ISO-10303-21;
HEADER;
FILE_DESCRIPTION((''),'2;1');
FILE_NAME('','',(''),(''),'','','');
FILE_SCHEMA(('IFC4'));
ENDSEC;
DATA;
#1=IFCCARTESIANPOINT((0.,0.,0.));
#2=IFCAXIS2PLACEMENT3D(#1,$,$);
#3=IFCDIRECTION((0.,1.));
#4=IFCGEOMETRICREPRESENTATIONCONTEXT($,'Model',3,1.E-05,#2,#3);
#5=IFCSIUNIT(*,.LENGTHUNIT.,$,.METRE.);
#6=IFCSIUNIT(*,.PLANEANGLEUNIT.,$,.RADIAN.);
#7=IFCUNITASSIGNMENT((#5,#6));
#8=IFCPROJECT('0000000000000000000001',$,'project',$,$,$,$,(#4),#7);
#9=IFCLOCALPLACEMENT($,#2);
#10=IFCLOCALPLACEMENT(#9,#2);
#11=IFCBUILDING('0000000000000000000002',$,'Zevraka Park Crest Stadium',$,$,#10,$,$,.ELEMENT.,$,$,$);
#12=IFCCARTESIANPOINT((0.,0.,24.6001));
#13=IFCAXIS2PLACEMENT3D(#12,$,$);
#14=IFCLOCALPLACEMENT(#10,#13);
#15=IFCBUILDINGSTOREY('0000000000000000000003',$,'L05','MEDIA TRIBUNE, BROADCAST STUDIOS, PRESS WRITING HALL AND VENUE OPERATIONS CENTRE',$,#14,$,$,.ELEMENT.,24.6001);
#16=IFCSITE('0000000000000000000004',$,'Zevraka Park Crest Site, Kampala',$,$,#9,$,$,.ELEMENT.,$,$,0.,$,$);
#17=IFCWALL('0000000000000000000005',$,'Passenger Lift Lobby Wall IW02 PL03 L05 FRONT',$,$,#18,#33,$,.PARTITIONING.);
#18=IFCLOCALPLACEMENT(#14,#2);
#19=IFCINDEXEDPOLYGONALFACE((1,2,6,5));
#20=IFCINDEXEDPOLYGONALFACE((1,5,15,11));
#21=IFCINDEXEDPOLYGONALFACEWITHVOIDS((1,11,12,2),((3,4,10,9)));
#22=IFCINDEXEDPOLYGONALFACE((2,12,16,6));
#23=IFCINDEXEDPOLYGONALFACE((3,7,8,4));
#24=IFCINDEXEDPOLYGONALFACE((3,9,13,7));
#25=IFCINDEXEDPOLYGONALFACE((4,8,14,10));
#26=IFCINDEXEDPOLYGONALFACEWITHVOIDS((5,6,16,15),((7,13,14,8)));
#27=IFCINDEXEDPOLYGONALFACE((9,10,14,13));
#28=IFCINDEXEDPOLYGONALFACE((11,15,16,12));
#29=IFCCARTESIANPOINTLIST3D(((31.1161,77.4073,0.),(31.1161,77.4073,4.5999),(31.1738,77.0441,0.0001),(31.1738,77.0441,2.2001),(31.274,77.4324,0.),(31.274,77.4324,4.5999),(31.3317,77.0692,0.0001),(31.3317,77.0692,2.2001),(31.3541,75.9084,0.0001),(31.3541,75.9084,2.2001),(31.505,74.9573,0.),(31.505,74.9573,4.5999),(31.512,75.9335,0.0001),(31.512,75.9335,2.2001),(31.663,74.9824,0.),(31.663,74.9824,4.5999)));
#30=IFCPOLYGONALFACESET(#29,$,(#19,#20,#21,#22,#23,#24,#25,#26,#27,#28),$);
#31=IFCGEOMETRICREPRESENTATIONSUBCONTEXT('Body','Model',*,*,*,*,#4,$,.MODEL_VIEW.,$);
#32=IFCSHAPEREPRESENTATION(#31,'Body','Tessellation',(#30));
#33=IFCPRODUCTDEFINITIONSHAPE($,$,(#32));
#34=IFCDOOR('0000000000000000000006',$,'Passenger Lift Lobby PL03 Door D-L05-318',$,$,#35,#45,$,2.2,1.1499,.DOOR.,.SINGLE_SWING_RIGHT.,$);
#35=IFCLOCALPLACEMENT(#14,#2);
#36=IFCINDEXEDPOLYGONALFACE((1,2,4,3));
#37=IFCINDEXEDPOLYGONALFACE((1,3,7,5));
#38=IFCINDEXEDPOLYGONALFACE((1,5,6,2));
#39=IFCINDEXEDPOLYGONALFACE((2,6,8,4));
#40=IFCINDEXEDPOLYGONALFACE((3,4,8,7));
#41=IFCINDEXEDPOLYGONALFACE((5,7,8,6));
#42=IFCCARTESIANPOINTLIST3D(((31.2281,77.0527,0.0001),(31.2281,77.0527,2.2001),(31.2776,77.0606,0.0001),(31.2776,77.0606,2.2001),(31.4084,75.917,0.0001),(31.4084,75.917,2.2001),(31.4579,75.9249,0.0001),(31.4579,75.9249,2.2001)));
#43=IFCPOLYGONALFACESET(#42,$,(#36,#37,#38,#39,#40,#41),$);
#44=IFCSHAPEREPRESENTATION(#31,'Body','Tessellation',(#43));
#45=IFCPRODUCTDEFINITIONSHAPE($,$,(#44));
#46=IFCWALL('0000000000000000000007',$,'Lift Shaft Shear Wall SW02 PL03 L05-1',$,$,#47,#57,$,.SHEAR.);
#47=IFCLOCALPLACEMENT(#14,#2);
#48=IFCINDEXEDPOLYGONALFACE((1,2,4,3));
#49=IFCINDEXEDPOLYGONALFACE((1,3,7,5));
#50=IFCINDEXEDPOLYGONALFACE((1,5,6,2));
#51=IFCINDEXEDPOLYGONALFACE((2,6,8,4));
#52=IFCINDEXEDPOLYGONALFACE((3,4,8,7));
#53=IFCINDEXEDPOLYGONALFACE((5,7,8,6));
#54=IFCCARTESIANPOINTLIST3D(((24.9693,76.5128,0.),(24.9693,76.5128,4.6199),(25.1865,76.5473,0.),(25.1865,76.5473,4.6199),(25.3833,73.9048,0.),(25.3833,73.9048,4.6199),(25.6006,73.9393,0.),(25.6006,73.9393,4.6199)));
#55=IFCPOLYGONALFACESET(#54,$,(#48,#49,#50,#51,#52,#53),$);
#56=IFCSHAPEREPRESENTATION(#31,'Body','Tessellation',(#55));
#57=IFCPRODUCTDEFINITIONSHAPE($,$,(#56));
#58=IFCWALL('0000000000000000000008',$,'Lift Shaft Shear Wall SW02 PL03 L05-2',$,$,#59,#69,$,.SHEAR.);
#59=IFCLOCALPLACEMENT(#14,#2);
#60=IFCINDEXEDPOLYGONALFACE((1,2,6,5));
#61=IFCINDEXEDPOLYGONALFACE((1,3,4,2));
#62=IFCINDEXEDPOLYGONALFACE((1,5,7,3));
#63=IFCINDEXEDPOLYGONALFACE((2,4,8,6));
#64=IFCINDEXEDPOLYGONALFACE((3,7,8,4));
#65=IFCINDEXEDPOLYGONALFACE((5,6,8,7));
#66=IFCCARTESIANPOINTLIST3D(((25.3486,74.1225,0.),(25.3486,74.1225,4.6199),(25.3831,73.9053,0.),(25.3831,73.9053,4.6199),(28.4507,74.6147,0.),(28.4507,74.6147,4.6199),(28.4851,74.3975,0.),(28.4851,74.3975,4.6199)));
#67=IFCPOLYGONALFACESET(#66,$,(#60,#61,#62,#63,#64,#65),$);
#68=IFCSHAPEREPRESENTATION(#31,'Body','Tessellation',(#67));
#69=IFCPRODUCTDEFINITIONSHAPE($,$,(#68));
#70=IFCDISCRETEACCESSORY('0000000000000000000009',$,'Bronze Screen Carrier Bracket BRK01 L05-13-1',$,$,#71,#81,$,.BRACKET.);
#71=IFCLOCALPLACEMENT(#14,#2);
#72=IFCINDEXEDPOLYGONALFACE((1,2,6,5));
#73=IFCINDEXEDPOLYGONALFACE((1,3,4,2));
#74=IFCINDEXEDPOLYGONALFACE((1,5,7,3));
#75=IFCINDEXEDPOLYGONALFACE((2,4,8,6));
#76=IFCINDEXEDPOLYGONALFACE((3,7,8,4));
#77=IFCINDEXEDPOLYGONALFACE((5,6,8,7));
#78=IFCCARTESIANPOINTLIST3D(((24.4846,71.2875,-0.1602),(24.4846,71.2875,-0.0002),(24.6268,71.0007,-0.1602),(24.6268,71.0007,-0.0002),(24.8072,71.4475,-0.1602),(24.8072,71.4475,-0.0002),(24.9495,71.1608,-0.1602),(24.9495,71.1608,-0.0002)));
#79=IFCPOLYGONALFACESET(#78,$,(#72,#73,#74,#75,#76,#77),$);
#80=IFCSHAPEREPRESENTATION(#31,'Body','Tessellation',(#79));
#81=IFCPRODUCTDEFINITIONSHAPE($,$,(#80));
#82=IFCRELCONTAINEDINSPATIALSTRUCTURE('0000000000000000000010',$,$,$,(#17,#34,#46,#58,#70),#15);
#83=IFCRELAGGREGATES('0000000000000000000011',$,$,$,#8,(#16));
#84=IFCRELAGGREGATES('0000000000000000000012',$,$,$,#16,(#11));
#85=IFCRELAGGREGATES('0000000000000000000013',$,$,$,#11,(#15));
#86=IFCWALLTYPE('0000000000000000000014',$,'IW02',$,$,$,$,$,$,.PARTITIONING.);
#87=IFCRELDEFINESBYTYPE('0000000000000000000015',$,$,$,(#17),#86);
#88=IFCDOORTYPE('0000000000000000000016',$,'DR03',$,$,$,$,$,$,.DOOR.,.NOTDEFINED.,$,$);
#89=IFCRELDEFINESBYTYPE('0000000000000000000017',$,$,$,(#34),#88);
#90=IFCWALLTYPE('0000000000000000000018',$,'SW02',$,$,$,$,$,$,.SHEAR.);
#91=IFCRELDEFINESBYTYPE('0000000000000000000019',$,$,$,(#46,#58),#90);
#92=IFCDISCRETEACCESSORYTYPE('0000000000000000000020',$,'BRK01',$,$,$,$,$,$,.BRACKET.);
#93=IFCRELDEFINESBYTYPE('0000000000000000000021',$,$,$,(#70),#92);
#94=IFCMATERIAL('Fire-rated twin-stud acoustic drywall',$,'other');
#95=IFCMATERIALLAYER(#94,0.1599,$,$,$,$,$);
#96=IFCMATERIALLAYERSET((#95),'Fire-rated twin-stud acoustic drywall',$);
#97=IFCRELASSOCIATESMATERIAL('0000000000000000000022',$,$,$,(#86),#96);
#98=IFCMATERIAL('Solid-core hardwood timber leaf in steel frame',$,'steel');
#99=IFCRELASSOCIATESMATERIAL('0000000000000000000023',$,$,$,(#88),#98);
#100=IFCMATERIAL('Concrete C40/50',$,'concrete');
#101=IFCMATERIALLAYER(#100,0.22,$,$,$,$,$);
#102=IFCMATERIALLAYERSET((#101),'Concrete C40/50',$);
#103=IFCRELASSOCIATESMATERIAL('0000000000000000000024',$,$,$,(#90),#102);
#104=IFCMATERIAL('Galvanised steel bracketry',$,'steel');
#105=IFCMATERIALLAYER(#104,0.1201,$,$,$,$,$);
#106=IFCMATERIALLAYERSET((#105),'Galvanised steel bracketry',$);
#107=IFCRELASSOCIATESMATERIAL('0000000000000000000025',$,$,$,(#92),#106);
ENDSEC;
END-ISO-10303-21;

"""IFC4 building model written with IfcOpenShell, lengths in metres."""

from ifc_helpers import new_model, si_unit, direction, frame, frame_2d, origin, origin_2d, place, context, subcontext, project, spatial, rectangle, extrude, material, layer, layer_set, type_object, element, fill, save


model = new_model("IFC4")

# Units and contexts
model_context = context("Model", 3, precision=1e-05, world=origin(), true_north=direction((0.0, 1.0)))
body_context = subcontext(model_context, "Body", "Model", "MODEL_VIEW")
ifc_project = project(units=[si_unit("LENGTHUNIT", "METRE"), si_unit("PLANEANGLEUNIT", "RADIAN")], contexts=[model_context])

# Site, building, storey
site_placement = place(None, origin())
site = spatial("IfcSite", under=ifc_project, at=site_placement, Name="Zevraka Park Crest Site, Kampala", CompositionType="ELEMENT", RefElevation=0.0)
building_placement = place(site_placement, origin())
building = spatial("IfcBuilding", under=site, at=building_placement, Name="Zevraka Park Crest Stadium", CompositionType="ELEMENT")
storey_placement = place(building_placement, frame((0.0, 0.0, 24.6001)))
storey = spatial("IfcBuildingStorey", under=building, at=storey_placement, Name="L05", Description="MEDIA TRIBUNE, BROADCAST STUDIOS, PRESS WRITING HALL AND VENUE OPERATIONS CENTRE", CompositionType="ELEMENT", Elevation=24.6001)

# Shared definitions
ifc_material_1 = material(Name="Fire-rated twin-stud acoustic drywall", Category="other")
ifc_layer_1 = layer(ifc_material_1, 0.1599)
ifc_layer_set_1 = layer_set([ifc_layer_1], Name="Fire-rated twin-stud acoustic drywall")
wall_type_1 = type_object("IfcWallType", Name="IW02", PredefinedType="PARTITIONING", material=ifc_layer_set_1)

# Wall, opening, door
wall_1_placement = place(storey_placement, frame((31.584, 74.97, 0.0), z_axis=(0.0, 0.0, 1.0), x_axis=(-0.156781, 0.987633, 0.0)))
wall_1 = element("IfcWall", 1, at=wall_1_placement, inside=storey, type_object=wall_type_1, Name="Passenger Lift Lobby Wall IW02 PL03 L05 FRONT", PredefinedType="PARTITIONING", context=body_context, shape_type="SweptSolid", body=[
    extrude(rectangle(XDim=2.4807, YDim=0.1599, at=frame_2d((1.2402, 0.0))), origin(), (0.0, 0.0, 1.0), 4.5999),
])
opening_1_placement = place(wall_1_placement, frame((0.9629, 0.0, 0.0)))
opening_1 = element("IfcOpeningElement", 2, at=opening_1_placement, cuts=wall_1, PredefinedType="OPENING", context=body_context, shape_type="SweptSolid", body=[
    extrude(rectangle(XDim=1.1499, YDim=2.2, at=frame_2d((0.575, 1.1001))), frame((0.0, 0.0898, 0.0), z_axis=(0.0, -1.0, 0.0), x_axis=(1.0, 0.0, 0.0)), (0.0, 0.0, 1.0), 0.1799),
])
ifc_material_2 = material(Name="Solid-core hardwood timber leaf in steel frame", Category="steel")
door_type_1 = type_object("IfcDoorType", Name="DR03", OperationType="NOTDEFINED", PredefinedType="DOOR", material=ifc_material_2)
door_1_placement = place(opening_1_placement, origin())
door_1 = element("IfcDoor", 3, at=door_1_placement, inside=storey, type_object=door_type_1, Name="Passenger Lift Lobby PL03 Door D-L05-318", OperationType="SINGLE_SWING_RIGHT", OverallHeight=2.2, OverallWidth=1.1499, PredefinedType="DOOR", context=body_context, shape_type="SweptSolid", body=[
    extrude(rectangle(XDim=1.1499, YDim=2.2, at=frame_2d((0.575, 1.1001))), frame((0.0, 0.0249, 0.0), z_axis=(0.0, -1.0, 0.0), x_axis=(1.0, 0.0, 0.0)), (0.0, 0.0, 1.0), 0.05),
])
fill(opening_1, door_1)

# Walls
ifc_material_3 = material(Name="Concrete C40/50", Category="concrete")
ifc_layer_2 = layer(ifc_material_3, 0.22)
ifc_layer_set_2 = layer_set([ifc_layer_2], Name="Concrete C40/50")
wall_type_2 = type_object("IfcWallType", Name="SW02", PredefinedType="SHEAR", material=ifc_layer_set_2)
wall_2_placement = place(storey_placement, frame((25.0779, 76.53, 0.0), z_axis=(0.0, 0.0, 1.0), x_axis=(0.156808, -0.987629, 0.0)))
element("IfcWall", 4, at=wall_2_placement, inside=storey, type_object=wall_type_2, Name="Lift Shaft Shear Wall SW02 PL03 L05-1", PredefinedType="SHEAR", context=body_context, shape_type="SweptSolid", body=[
    extrude(rectangle(XDim=2.6406, YDim=0.22, at=frame_2d((1.3203, 0.0))), origin(), (0.0, 0.0, 1.0), 4.6199),
])
wall_3_placement = place(storey_placement, frame((25.366, 74.0139, 0.0), z_axis=(0.0, 0.0, 1.0), x_axis=(0.987645, 0.156705, 0.0)))
element("IfcWall", 5, at=wall_3_placement, inside=storey, type_object=wall_type_2, Name="Lift Shaft Shear Wall SW02 PL03 L05-2", PredefinedType="SHEAR", context=body_context, shape_type="SweptSolid", body=[
    extrude(rectangle(XDim=3.1409, YDim=0.22, at=frame_2d((1.5703, 0.0))), origin(), (0.0, 0.0, 1.0), 4.6199),
])

# Discrete accessory
ifc_material_4 = material(Name="Galvanised steel bracketry", Category="steel")
ifc_layer_3 = layer(ifc_material_4, 0.1201)
ifc_layer_set_3 = layer_set([ifc_layer_3], Name="Galvanised steel bracketry")
discrete_accessory_type = type_object("IfcDiscreteAccessoryType", Name="BRK01", PredefinedType="BRACKET", material=ifc_layer_set_3)
discrete_accessory_placement = place(storey_placement, frame((24.717, 71.2241, -0.1602), z_axis=(0.0, 0.0, 1.0), x_axis=(0.444322, -0.895867, 0.0)))
element("IfcDiscreteAccessory", 6, at=discrete_accessory_placement, inside=storey, type_object=discrete_accessory_type, Name="Bronze Screen Carrier Bracket BRK01 L05-13-1", PredefinedType="BRACKET", context=body_context, shape_type="SweptSolid", body=[
    extrude(rectangle(XDim=0.3201, YDim=0.3601, at=origin_2d()), origin(), (0.0, 0.0, 1.0), 0.1599),
])

save(model, "model.ifc")
